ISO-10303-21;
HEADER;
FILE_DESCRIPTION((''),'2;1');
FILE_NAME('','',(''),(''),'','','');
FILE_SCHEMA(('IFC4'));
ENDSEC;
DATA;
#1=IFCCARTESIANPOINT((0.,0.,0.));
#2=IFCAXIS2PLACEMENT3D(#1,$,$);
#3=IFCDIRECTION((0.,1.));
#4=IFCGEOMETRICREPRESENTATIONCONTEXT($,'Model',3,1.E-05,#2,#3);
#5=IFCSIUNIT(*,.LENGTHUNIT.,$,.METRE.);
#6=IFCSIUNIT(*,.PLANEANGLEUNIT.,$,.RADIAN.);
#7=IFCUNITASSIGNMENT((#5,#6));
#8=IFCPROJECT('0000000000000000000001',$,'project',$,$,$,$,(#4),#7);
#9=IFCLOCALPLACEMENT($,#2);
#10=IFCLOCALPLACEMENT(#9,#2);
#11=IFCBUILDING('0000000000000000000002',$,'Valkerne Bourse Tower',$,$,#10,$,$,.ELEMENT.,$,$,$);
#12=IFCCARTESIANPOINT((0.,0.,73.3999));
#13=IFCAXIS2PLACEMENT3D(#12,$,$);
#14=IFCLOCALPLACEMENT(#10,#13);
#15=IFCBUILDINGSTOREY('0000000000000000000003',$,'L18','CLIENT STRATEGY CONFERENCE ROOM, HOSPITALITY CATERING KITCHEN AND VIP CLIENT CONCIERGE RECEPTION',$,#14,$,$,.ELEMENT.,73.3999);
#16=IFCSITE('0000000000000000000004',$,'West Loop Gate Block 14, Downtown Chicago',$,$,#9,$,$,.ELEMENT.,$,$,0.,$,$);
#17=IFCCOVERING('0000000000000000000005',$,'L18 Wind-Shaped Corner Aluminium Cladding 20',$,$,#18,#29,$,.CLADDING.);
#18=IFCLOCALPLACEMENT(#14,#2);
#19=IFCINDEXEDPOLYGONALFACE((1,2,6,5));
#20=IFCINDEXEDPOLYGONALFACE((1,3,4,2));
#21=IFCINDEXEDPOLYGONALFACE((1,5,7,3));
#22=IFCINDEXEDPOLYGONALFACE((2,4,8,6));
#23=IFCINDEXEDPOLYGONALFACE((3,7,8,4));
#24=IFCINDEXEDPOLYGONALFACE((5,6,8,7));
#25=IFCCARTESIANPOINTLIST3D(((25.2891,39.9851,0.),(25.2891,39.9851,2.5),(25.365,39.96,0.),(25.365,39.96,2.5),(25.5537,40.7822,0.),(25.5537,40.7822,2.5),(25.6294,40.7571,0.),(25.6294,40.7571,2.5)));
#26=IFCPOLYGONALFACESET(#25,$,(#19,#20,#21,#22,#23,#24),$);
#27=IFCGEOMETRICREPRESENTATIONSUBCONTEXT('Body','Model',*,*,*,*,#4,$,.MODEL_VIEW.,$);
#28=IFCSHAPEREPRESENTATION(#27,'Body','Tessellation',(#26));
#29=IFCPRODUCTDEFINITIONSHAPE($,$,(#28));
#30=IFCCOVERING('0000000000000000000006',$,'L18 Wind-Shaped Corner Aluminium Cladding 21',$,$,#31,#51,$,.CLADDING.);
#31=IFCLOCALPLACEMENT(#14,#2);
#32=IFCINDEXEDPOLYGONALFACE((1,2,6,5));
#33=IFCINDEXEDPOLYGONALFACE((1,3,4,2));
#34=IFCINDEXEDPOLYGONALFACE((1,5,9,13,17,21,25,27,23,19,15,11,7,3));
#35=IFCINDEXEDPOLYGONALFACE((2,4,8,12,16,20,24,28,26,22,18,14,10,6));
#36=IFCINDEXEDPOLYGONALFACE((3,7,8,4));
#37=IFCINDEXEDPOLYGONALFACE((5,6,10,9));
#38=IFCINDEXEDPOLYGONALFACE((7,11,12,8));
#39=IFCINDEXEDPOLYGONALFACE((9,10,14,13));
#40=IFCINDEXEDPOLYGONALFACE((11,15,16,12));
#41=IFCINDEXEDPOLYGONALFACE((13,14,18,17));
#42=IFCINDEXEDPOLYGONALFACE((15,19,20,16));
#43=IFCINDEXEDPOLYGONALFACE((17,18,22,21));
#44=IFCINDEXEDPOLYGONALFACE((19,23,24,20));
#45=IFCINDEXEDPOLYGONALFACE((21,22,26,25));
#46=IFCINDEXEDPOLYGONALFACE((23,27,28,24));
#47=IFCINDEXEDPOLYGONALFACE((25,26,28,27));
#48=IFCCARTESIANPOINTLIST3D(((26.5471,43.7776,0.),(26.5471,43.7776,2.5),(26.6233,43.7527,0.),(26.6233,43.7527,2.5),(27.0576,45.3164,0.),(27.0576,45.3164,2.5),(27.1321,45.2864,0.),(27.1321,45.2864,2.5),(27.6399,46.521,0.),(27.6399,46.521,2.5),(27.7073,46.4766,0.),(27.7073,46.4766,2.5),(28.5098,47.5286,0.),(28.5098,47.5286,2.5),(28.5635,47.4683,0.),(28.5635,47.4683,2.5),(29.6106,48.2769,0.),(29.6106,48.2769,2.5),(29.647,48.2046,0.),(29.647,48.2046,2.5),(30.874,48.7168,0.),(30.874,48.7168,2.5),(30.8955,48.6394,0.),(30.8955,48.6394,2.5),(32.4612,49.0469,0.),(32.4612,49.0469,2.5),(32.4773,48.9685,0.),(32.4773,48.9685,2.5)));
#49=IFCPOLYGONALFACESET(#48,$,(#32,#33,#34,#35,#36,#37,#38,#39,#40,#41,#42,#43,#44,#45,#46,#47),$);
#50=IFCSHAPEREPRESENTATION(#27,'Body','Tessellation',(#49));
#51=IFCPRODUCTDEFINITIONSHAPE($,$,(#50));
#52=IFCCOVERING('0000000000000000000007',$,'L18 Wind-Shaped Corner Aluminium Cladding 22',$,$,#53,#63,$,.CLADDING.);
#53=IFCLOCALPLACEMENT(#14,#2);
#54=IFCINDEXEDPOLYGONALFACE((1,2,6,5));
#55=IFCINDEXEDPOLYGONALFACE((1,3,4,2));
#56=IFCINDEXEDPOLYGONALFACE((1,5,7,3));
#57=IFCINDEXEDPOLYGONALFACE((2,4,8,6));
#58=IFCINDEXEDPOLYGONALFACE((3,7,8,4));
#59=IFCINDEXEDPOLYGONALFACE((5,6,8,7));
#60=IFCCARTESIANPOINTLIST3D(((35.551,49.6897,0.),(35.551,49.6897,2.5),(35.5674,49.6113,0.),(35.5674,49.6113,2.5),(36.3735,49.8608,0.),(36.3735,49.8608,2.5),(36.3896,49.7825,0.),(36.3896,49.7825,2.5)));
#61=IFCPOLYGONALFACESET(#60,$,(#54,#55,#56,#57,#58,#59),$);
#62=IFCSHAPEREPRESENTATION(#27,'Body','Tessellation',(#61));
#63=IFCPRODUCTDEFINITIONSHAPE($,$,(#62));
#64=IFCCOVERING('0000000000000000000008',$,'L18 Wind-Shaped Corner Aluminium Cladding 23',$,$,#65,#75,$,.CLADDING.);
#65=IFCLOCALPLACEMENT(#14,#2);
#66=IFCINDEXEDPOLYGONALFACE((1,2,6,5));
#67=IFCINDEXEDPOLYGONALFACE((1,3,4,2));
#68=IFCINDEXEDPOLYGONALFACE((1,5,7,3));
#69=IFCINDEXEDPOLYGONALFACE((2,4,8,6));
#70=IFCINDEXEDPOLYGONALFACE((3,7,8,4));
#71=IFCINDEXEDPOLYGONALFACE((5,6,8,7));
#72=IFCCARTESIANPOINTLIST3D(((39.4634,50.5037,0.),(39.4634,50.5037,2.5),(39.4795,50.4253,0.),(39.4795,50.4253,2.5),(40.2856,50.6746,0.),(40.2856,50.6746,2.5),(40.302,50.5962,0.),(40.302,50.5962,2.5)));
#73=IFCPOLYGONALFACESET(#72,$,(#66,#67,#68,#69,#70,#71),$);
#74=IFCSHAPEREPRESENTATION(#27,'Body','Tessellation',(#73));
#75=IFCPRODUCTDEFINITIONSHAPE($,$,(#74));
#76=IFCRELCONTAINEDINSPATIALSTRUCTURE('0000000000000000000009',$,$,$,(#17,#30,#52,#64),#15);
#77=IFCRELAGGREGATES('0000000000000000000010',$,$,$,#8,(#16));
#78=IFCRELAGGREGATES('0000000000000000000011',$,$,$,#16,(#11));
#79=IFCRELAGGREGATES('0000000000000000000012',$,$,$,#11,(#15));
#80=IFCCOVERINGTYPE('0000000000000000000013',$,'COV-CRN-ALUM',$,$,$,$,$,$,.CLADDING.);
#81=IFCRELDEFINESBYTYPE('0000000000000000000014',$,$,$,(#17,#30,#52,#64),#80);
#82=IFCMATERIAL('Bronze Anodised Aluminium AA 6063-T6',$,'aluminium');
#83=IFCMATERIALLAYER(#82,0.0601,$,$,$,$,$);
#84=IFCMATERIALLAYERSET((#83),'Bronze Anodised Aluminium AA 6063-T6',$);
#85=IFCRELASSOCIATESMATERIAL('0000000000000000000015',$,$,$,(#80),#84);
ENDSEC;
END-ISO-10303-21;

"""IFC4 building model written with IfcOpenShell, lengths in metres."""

from ifc_helpers import new_model, si_unit, direction, frame, origin, place, context, subcontext, project, spatial, polyline, outline, extrude, material, layer, layer_set, type_object, element, save


model = new_model("IFC4")

# Units and contexts
model_context = context("Model", 3, precision=1e-05, world=origin(), true_north=direction((0.0, 1.0)))
body_context = subcontext(model_context, "Body", "Model", "MODEL_VIEW")
ifc_project = project(units=[si_unit("LENGTHUNIT", "METRE"), si_unit("PLANEANGLEUNIT", "RADIAN")], contexts=[model_context])

# Site, building, storey
site_placement = place(None, origin())
site = spatial("IfcSite", under=ifc_project, at=site_placement, Name="West Loop Gate Block 14, Downtown Chicago", CompositionType="ELEMENT", RefElevation=0.0)
building_placement = place(site_placement, origin())
building = spatial("IfcBuilding", under=site, at=building_placement, Name="Valkerne Bourse Tower", CompositionType="ELEMENT")
storey_placement = place(building_placement, frame((0.0, 0.0, 73.3999)))
storey = spatial("IfcBuildingStorey", under=building, at=storey_placement, Name="L18", Description="CLIENT STRATEGY CONFERENCE ROOM, HOSPITALITY CATERING KITCHEN AND VIP CLIENT CONCIERGE RECEPTION", CompositionType="ELEMENT", Elevation=73.3999)

# Coverings
ifc_material_1 = material(Name="Bronze Anodised Aluminium AA 6063-T6", Category="aluminium")
ifc_layer_1 = layer(ifc_material_1, 0.0601)
ifc_layer_set_1 = layer_set([ifc_layer_1], Name="Bronze Anodised Aluminium AA 6063-T6")
covering_type = type_object("IfcCoveringType", Name="COV-CRN-ALUM", PredefinedType="CLADDING", material=ifc_layer_set_1)
covering_1_placement = place(storey_placement, origin())
element("IfcCovering", 1, at=covering_1_placement, inside=storey, type_object=covering_type, Name="L18 Wind-Shaped Corner Aluminium Cladding 20", PredefinedType="CLADDING", context=body_context, shape_type="SweptSolid", body=[
    extrude(outline(polyline([(25.5537, 40.7822), (25.6294, 40.7571), (25.365, 39.96), (25.2891, 39.9851), (25.5537, 40.7822)])), origin(), (0.0, 0.0, 1.0), 2.5),
])
covering_2_placement = place(storey_placement, origin())
element("IfcCovering", 2, at=covering_2_placement, inside=storey, type_object=covering_type, Name="L18 Wind-Shaped Corner Aluminium Cladding 21", PredefinedType="CLADDING", context=body_context, shape_type="SweptSolid", body=[
    extrude(outline(polyline([(27.0576, 45.3164), (27.6399, 46.521), (28.5098, 47.5286), (29.6106, 48.2769), (30.874, 48.7168), (32.4612, 49.0469), (32.4773, 48.9685), (30.8955, 48.6394), (29.647, 48.2046), (28.5635, 47.4683), (27.7073, 46.4766), (27.1321, 45.2864), (26.6233, 43.7527), (26.5471, 43.7776), (27.0576, 45.3164)])), origin(), (0.0, 0.0, 1.0), 2.5),
])
covering_3_placement = place(storey_placement, origin())
element("IfcCovering", 3, at=covering_3_placement, inside=storey, type_object=covering_type, Name="L18 Wind-Shaped Corner Aluminium Cladding 22", PredefinedType="CLADDING", context=body_context, shape_type="SweptSolid", body=[
    extrude(outline(polyline([(36.3735, 49.8608), (36.3896, 49.7825), (35.5674, 49.6113), (35.551, 49.6897), (36.3735, 49.8608)])), origin(), (0.0, 0.0, 1.0), 2.5),
])
covering_4_placement = place(storey_placement, origin())
element("IfcCovering", 4, at=covering_4_placement, inside=storey, type_object=covering_type, Name="L18 Wind-Shaped Corner Aluminium Cladding 23", PredefinedType="CLADDING", context=body_context, shape_type="SweptSolid", body=[
    extrude(outline(polyline([(40.2856, 50.6746), (40.302, 50.5962), (39.4795, 50.4253), (39.4634, 50.5037), (40.2856, 50.6746)])), origin(), (0.0, 0.0, 1.0), 2.5),
])

save(model, "model.ifc")
